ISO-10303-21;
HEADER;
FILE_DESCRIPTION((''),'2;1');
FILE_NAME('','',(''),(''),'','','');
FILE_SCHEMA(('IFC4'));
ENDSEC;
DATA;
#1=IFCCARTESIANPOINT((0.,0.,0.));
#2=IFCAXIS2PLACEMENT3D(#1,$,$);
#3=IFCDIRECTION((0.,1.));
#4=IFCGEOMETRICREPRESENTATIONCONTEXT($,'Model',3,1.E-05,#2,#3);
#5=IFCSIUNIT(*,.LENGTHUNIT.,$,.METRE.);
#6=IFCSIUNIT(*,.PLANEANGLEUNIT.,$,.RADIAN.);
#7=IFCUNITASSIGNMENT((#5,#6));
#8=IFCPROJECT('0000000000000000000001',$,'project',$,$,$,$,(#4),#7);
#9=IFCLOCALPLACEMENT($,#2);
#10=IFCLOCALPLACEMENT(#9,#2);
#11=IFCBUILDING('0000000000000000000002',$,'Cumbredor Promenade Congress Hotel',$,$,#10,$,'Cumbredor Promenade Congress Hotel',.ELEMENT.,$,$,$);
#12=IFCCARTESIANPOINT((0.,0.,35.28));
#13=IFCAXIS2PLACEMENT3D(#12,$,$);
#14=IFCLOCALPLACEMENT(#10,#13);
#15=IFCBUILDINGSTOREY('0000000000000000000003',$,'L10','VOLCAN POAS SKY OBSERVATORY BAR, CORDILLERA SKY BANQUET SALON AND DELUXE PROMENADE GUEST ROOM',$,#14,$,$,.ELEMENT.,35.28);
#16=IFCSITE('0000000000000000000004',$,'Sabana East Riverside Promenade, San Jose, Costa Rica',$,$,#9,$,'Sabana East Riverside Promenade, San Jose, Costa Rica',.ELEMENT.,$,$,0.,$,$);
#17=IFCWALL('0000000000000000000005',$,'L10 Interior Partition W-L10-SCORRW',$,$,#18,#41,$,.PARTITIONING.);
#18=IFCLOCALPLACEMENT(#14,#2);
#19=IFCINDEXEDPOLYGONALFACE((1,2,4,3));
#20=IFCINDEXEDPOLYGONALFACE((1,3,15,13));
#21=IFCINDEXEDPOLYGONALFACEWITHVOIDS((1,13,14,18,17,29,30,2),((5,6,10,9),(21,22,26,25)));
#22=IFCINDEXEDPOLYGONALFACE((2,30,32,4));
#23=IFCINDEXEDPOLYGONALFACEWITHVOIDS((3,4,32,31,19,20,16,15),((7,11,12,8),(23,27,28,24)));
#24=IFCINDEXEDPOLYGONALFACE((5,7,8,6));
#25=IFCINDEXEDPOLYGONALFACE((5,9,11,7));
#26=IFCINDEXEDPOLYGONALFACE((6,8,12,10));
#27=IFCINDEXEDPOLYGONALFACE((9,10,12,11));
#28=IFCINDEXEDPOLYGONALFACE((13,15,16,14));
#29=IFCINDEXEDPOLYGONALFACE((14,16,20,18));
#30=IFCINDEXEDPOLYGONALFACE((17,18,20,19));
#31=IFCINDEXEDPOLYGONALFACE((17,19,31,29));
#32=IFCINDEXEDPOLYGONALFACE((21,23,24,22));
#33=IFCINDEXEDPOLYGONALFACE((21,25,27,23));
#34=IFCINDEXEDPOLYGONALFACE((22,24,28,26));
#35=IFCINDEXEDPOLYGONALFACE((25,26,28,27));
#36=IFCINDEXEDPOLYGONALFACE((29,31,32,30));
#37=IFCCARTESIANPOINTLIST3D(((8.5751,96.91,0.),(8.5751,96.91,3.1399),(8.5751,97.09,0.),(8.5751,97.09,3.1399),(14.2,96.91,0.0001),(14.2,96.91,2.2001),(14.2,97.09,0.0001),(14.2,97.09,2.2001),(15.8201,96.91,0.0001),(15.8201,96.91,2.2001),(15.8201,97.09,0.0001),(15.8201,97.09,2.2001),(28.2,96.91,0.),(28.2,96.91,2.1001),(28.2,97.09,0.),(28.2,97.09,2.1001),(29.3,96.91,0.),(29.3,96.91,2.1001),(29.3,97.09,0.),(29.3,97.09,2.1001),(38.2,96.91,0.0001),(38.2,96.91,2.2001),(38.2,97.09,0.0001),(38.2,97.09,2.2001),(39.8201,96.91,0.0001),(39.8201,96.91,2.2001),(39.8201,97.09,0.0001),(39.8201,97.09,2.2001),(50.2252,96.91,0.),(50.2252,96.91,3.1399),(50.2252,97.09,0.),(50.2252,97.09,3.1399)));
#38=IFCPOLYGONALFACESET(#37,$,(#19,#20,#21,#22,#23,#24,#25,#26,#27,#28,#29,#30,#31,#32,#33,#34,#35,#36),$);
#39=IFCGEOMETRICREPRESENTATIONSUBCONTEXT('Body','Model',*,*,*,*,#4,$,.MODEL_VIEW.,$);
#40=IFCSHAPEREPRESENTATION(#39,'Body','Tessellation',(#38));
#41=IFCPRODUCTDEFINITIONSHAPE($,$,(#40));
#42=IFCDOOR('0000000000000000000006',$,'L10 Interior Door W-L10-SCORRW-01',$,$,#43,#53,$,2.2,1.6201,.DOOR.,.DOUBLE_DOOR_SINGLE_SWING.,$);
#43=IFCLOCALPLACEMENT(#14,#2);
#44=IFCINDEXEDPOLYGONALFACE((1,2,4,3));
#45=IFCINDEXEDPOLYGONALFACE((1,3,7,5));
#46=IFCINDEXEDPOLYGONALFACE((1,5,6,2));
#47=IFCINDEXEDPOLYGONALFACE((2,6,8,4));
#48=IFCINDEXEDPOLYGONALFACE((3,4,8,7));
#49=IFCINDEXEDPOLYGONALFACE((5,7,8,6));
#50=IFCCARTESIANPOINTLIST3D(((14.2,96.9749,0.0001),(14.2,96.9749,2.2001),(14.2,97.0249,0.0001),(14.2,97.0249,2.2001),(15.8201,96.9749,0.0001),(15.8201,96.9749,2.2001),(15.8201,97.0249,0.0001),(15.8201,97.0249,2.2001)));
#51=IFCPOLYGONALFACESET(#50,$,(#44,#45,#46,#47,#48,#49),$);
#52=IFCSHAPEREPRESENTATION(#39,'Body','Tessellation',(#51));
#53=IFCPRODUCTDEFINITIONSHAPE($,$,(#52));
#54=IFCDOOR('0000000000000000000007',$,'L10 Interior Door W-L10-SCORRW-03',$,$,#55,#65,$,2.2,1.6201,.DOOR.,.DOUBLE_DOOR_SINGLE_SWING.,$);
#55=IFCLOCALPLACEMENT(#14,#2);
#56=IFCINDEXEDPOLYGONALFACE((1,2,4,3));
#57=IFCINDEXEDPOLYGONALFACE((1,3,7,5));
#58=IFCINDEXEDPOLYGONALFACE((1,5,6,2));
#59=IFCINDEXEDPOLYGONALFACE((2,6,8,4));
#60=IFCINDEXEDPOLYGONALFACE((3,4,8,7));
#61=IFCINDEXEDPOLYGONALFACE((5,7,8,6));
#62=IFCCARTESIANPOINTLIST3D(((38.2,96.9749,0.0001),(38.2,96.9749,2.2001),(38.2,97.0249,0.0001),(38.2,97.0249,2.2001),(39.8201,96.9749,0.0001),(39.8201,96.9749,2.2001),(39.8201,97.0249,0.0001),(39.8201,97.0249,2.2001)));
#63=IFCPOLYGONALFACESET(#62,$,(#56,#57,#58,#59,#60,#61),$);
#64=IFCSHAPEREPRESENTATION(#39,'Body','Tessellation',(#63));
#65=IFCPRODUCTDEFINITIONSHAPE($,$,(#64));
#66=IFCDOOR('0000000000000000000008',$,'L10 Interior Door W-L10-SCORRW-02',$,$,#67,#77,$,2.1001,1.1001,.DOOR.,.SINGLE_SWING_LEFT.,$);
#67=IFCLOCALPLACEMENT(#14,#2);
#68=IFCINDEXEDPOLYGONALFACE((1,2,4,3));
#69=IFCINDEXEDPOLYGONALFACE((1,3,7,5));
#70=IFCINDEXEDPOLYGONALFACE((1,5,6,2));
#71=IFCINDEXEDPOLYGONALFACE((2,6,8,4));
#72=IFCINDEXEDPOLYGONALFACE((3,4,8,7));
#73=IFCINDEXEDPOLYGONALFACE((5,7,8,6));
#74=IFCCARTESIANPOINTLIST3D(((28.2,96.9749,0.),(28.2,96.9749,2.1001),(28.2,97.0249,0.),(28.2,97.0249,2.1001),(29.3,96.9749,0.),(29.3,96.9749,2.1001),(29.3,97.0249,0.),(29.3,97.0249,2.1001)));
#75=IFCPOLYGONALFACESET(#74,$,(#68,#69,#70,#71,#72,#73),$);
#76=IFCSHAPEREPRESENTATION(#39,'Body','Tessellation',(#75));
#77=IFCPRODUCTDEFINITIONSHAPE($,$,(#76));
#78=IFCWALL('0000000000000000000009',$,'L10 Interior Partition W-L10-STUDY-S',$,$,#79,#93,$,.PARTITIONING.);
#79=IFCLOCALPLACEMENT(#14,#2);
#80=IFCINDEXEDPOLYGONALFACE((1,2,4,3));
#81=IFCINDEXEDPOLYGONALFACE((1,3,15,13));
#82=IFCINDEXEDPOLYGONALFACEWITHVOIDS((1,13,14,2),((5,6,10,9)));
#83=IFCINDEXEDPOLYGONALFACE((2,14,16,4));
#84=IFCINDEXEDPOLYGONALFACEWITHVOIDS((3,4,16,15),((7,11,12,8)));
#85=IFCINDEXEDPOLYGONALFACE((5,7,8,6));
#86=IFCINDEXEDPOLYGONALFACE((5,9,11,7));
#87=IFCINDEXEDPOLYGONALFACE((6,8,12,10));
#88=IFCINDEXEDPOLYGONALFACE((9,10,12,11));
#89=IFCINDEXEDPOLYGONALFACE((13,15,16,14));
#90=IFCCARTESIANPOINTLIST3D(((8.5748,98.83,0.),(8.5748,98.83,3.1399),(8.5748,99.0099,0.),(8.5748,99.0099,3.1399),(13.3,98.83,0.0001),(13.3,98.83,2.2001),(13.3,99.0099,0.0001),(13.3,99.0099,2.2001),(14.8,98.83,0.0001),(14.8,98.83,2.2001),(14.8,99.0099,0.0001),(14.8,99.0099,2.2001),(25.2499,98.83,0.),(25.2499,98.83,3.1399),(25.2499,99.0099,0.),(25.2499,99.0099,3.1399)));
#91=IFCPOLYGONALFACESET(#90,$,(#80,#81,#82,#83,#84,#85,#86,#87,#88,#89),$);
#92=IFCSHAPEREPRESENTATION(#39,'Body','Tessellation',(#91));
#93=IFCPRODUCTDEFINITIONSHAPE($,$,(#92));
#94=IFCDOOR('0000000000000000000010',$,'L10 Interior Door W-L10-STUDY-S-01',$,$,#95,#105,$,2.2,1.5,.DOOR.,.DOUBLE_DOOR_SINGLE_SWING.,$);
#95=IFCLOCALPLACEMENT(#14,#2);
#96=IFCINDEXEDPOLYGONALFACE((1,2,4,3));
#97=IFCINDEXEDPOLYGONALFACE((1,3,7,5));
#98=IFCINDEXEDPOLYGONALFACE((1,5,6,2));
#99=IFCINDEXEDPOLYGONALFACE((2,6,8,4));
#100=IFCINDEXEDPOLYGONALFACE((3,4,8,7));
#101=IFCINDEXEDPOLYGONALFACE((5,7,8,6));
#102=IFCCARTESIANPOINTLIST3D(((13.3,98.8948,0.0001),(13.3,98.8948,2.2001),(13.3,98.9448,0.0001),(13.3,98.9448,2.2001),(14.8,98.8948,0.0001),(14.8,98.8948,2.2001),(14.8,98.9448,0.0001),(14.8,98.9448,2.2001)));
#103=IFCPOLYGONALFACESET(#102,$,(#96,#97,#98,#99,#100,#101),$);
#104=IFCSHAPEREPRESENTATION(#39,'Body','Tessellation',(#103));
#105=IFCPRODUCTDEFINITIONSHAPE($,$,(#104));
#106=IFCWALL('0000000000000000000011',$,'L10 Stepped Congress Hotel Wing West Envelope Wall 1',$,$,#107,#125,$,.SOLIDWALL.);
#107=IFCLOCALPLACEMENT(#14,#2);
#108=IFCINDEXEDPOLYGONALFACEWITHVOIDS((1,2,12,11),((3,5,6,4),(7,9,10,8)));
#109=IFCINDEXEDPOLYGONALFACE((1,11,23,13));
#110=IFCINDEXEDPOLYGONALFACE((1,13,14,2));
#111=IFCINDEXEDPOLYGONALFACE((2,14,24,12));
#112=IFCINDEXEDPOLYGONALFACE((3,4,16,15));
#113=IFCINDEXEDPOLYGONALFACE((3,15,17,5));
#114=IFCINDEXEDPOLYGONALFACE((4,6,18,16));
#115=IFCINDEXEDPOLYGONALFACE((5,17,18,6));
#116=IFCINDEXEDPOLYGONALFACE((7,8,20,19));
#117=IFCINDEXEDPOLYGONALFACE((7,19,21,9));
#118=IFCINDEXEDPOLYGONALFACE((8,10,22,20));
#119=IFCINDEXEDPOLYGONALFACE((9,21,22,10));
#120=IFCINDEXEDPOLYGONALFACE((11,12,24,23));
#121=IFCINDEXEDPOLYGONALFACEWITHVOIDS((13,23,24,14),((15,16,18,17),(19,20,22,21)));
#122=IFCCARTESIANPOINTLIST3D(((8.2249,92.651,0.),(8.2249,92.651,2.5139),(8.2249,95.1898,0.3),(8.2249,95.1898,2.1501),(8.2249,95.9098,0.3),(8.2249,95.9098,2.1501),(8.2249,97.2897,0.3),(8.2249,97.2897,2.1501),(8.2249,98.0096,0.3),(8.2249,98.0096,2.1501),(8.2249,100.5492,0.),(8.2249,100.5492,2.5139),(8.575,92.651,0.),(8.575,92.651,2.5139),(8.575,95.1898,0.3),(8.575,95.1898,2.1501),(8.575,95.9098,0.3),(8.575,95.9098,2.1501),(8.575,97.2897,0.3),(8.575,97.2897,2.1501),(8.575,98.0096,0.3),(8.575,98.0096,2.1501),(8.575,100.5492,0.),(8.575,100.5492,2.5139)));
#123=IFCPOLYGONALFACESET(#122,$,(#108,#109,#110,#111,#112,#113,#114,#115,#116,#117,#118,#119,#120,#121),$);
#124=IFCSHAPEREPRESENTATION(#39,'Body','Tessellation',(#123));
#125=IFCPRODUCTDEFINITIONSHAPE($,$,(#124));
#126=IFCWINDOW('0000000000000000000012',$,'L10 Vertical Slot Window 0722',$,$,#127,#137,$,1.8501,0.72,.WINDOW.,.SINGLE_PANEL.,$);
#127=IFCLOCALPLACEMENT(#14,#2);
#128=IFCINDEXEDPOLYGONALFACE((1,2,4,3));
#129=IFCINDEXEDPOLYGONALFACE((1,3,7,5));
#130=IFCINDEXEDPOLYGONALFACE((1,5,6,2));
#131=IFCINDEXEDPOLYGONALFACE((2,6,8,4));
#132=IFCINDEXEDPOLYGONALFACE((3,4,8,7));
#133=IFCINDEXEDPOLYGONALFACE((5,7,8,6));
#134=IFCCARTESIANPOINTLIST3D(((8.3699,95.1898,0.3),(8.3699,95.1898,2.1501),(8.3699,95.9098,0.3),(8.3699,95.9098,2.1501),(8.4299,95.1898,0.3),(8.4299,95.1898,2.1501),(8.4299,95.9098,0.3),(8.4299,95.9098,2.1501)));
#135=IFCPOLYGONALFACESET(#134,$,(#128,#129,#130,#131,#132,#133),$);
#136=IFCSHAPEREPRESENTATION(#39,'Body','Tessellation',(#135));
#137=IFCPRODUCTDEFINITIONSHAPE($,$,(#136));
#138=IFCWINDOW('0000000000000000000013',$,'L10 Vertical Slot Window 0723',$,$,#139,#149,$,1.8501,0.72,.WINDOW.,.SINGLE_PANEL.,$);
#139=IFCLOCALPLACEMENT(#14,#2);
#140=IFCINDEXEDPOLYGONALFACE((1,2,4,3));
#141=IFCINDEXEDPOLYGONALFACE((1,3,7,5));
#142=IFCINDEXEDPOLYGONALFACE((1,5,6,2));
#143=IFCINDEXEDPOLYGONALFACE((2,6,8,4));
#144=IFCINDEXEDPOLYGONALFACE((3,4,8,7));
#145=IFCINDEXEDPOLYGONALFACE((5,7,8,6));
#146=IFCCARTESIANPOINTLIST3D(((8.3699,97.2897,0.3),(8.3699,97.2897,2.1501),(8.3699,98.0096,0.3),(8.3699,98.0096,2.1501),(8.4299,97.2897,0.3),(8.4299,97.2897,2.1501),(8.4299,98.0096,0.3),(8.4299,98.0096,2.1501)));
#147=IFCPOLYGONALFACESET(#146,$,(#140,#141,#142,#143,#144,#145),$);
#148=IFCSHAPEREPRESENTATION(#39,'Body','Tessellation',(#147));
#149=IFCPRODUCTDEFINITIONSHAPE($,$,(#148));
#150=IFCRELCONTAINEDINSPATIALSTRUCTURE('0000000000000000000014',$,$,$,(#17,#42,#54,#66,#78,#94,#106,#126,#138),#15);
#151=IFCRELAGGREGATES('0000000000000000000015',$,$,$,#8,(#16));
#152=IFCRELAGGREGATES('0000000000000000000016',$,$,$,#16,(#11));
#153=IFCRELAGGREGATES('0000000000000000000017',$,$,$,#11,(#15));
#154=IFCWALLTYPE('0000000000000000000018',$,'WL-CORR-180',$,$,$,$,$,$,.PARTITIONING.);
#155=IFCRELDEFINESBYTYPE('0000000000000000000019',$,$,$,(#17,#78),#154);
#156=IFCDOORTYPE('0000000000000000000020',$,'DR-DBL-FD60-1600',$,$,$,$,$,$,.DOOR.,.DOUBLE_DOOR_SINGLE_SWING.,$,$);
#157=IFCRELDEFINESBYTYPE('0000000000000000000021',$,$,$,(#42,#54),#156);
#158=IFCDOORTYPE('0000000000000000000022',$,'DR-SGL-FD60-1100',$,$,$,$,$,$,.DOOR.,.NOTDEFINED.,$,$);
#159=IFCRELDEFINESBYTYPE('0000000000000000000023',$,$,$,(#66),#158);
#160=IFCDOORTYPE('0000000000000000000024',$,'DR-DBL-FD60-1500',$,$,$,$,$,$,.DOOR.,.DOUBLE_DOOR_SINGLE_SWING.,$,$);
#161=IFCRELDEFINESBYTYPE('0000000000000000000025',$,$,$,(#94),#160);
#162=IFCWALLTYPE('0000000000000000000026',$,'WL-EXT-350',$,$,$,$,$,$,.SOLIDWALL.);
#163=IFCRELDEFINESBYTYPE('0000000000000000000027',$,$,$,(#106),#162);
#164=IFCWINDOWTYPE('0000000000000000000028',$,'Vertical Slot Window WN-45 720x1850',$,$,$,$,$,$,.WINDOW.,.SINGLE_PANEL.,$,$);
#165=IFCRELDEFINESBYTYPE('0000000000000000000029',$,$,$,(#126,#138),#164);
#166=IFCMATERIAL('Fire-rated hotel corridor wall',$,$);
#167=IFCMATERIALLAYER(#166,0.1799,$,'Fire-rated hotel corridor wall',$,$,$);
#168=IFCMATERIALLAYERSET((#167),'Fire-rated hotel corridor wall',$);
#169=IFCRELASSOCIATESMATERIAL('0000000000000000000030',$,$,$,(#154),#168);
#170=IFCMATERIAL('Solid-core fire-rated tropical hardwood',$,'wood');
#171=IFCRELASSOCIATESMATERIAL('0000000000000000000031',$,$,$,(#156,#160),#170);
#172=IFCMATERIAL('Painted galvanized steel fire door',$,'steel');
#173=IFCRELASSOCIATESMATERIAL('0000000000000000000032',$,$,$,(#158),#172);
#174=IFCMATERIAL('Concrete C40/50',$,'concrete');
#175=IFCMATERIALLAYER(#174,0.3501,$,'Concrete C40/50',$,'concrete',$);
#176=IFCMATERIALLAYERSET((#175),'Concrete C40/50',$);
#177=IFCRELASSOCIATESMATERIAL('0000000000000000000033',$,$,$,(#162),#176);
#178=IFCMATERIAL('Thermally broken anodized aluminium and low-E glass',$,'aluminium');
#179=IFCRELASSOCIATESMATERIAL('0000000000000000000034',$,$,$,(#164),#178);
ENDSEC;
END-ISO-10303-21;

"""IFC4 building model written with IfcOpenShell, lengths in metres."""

from ifc_helpers import new_model, si_unit, direction, frame, frame_2d, origin, place, context, subcontext, project, spatial, rectangle, extrude, material, layer, layer_set, type_object, element, fill, save


model = new_model("IFC4")

# Units and contexts
model_context = context("Model", 3, precision=1e-05, world=origin(), true_north=direction((0.0, 1.0)))
body_context = subcontext(model_context, "Body", "Model", "MODEL_VIEW")
ifc_project = project(units=[si_unit("LENGTHUNIT", "METRE"), si_unit("PLANEANGLEUNIT", "RADIAN")], contexts=[model_context])

# Site, building, storey
site_placement = place(None, origin())
site = spatial("IfcSite", under=ifc_project, at=site_placement, Name="Sabana East Riverside Promenade, San Jose, Costa Rica", LongName="Sabana East Riverside Promenade, San Jose, Costa Rica", CompositionType="ELEMENT", RefElevation=0.0)
building_placement = place(site_placement, origin())
building = spatial("IfcBuilding", under=site, at=building_placement, Name="Cumbredor Promenade Congress Hotel", LongName="Cumbredor Promenade Congress Hotel", CompositionType="ELEMENT")
storey_placement = place(building_placement, frame((0.0, 0.0, 35.28)))
storey = spatial("IfcBuildingStorey", under=building, at=storey_placement, Name="L10", Description="VOLCAN POAS SKY OBSERVATORY BAR, CORDILLERA SKY BANQUET SALON AND DELUXE PROMENADE GUEST ROOM", CompositionType="ELEMENT", Elevation=35.28)

# Shared definitions
ifc_material_1 = material(Name="Concrete C40/50", Category="concrete")

# Shared definitions
ifc_material_2 = material(Name="Thermally broken anodized aluminium and low-E glass", Category="aluminium")

# Wall, openings, doors
ifc_material_3 = material(Name="Fire-rated hotel corridor wall")
ifc_layer_1 = layer(ifc_material_3, 0.1799, Name="Fire-rated hotel corridor wall")
ifc_layer_set_1 = layer_set([ifc_layer_1], Name="Fire-rated hotel corridor wall")
wall_type_1 = type_object("IfcWallType", Name="WL-CORR-180", PredefinedType="PARTITIONING", material=ifc_layer_set_1)
wall_1_placement = place(storey_placement, frame((8.575, 97.0, 0.0), z_axis=(0.0, 0.0, 1.0), x_axis=(1.0, 0.0, 0.0)))
wall_1 = element("IfcWall", 1, at=wall_1_placement, inside=storey, type_object=wall_type_1, Name="L10 Interior Partition W-L10-SCORRW", PredefinedType="PARTITIONING", context=body_context, shape_type="SweptSolid", body=[
    extrude(rectangle(XDim=41.6501, YDim=0.1799, at=frame_2d((20.8252, 0.0))), origin(), (0.0, 0.0, 1.0), 3.1399),
])
opening_1_placement = place(wall_1_placement, frame((5.625, 0.0, 0.0)))
opening_1 = element("IfcOpeningElement", 2, at=opening_1_placement, cuts=wall_1, PredefinedType="OPENING", context=body_context, shape_type="SweptSolid", body=[
    extrude(rectangle(XDim=1.6201, YDim=2.2, at=frame_2d((0.8101, 1.1001))), frame((0.0, 0.1001, 0.0), z_axis=(0.0, -1.0, 0.0), x_axis=(1.0, 0.0, 0.0)), (0.0, 0.0, 1.0), 0.2),
])
opening_2_placement = place(wall_1_placement, frame((19.625, 0.0, 0.0)))
opening_2 = element("IfcOpeningElement", 3, at=opening_2_placement, cuts=wall_1, PredefinedType="OPENING", context=body_context, shape_type="SweptSolid", body=[
    extrude(rectangle(XDim=1.1001, YDim=2.1001, at=frame_2d((0.55, 1.05))), frame((0.0, 0.1001, 0.0), z_axis=(0.0, -1.0, 0.0), x_axis=(1.0, 0.0, 0.0)), (0.0, 0.0, 1.0), 0.2),
])
opening_3_placement = place(wall_1_placement, frame((29.625, 0.0, 0.0)))
opening_3 = element("IfcOpeningElement", 4, at=opening_3_placement, cuts=wall_1, PredefinedType="OPENING", context=body_context, shape_type="SweptSolid", body=[
    extrude(rectangle(XDim=1.6201, YDim=2.2, at=frame_2d((0.8101, 1.1001))), frame((0.0, 0.1001, 0.0), z_axis=(0.0, -1.0, 0.0), x_axis=(1.0, 0.0, 0.0)), (0.0, 0.0, 1.0), 0.2),
])
ifc_material_4 = material(Name="Solid-core fire-rated tropical hardwood", Category="wood")
door_type_1 = type_object("IfcDoorType", Name="DR-DBL-FD60-1600", OperationType="DOUBLE_DOOR_SINGLE_SWING", PredefinedType="DOOR", material=ifc_material_4)
door_1_placement = place(opening_1_placement, origin())
door_1 = element("IfcDoor", 5, at=door_1_placement, inside=storey, type_object=door_type_1, Name="L10 Interior Door W-L10-SCORRW-01", OperationType="DOUBLE_DOOR_SINGLE_SWING", OverallHeight=2.2, OverallWidth=1.6201, PredefinedType="DOOR", context=body_context, shape_type="SweptSolid", body=[
    extrude(rectangle(XDim=1.6201, YDim=2.2, at=frame_2d((0.8101, 1.1001))), frame((0.0, 0.0249, 0.0), z_axis=(0.0, -1.0, 0.0), x_axis=(1.0, 0.0, 0.0)), (0.0, 0.0, 1.0), 0.05),
])
fill(opening_1, door_1)
door_2_placement = place(opening_3_placement, origin())
door_2 = element("IfcDoor", 6, at=door_2_placement, inside=storey, type_object=door_type_1, Name="L10 Interior Door W-L10-SCORRW-03", OperationType="DOUBLE_DOOR_SINGLE_SWING", OverallHeight=2.2, OverallWidth=1.6201, PredefinedType="DOOR", context=body_context, shape_type="SweptSolid", body=[
    extrude(rectangle(XDim=1.6201, YDim=2.2, at=frame_2d((0.8101, 1.1001))), frame((0.0, 0.0249, 0.0), z_axis=(0.0, -1.0, 0.0), x_axis=(1.0, 0.0, 0.0)), (0.0, 0.0, 1.0), 0.05),
])
fill(opening_3, door_2)
ifc_material_5 = material(Name="Painted galvanized steel fire door", Category="steel")
door_type_2 = type_object("IfcDoorType", Name="DR-SGL-FD60-1100", OperationType="NOTDEFINED", PredefinedType="DOOR", material=ifc_material_5)
door_3_placement = place(opening_2_placement, origin())
door_3 = element("IfcDoor", 7, at=door_3_placement, inside=storey, type_object=door_type_2, Name="L10 Interior Door W-L10-SCORRW-02", OperationType="SINGLE_SWING_LEFT", OverallHeight=2.1001, OverallWidth=1.1001, PredefinedType="DOOR", context=body_context, shape_type="SweptSolid", body=[
    extrude(rectangle(XDim=1.1001, YDim=2.1001, at=frame_2d((0.55, 1.05))), frame((0.0, 0.0249, 0.0), z_axis=(0.0, -1.0, 0.0), x_axis=(1.0, 0.0, 0.0)), (0.0, 0.0, 1.0), 0.05),
])
fill(opening_2, door_3)

# Wall, opening, door
wall_2_placement = place(storey_placement, frame((8.575, 98.9199, 0.0), z_axis=(0.0, 0.0, 1.0), x_axis=(1.0, 0.0, 0.0)))
wall_2 = element("IfcWall", 8, at=wall_2_placement, inside=storey, type_object=wall_type_1, Name="L10 Interior Partition W-L10-STUDY-S", PredefinedType="PARTITIONING", context=body_context, shape_type="SweptSolid", body=[
    extrude(rectangle(XDim=16.675, YDim=0.1799, at=frame_2d((8.3374, 0.0))), origin(), (0.0, 0.0, 1.0), 3.1399),
])
opening_4_placement = place(wall_2_placement, frame((4.7251, 0.0, 0.0)))
opening_4 = element("IfcOpeningElement", 9, at=opening_4_placement, cuts=wall_2, PredefinedType="OPENING", context=body_context, shape_type="SweptSolid", body=[
    extrude(rectangle(XDim=1.5, YDim=2.2, at=frame_2d((0.75, 1.1001))), frame((0.0, 0.1001, 0.0), z_axis=(0.0, -1.0, 0.0), x_axis=(1.0, 0.0, 0.0)), (0.0, 0.0, 1.0), 0.2),
])
door_type_3 = type_object("IfcDoorType", Name="DR-DBL-FD60-1500", OperationType="DOUBLE_DOOR_SINGLE_SWING", PredefinedType="DOOR", material=ifc_material_4)
door_4_placement = place(opening_4_placement, origin())
door_4 = element("IfcDoor", 10, at=door_4_placement, inside=storey, type_object=door_type_3, Name="L10 Interior Door W-L10-STUDY-S-01", OperationType="DOUBLE_DOOR_SINGLE_SWING", OverallHeight=2.2, OverallWidth=1.5, PredefinedType="DOOR", context=body_context, shape_type="SweptSolid", body=[
    extrude(rectangle(XDim=1.5, YDim=2.2, at=frame_2d((0.75, 1.1001))), frame((0.0, 0.0249, 0.0), z_axis=(0.0, -1.0, 0.0), x_axis=(1.0, 0.0, 0.0)), (0.0, 0.0, 1.0), 0.05),
])
fill(opening_4, door_4)

# Wall, openings, windows
ifc_layer_2 = layer(ifc_material_1, 0.3501, Name="Concrete C40/50", Category="concrete")
ifc_layer_set_2 = layer_set([ifc_layer_2], Name="Concrete C40/50")
wall_type_2 = type_object("IfcWallType", Name="WL-EXT-350", PredefinedType="SOLIDWALL", material=ifc_layer_set_2)
wall_3_placement = place(storey_placement, frame((8.3999, 92.6509, 0.0), z_axis=(0.0, 0.0, 1.0), x_axis=(0.0, 1.0, 0.0)))
wall_3 = element("IfcWall", 11, at=wall_3_placement, inside=storey, type_object=wall_type_2, Name="L10 Stepped Congress Hotel Wing West Envelope Wall 1", PredefinedType="SOLIDWALL", context=body_context, shape_type="SweptSolid", body=[
    extrude(rectangle(XDim=7.8982, YDim=0.3501, at=frame_2d((3.9492, 0.0))), origin(), (0.0, 0.0, 1.0), 2.5139),
])
opening_5_placement = place(wall_3_placement, frame((2.5391, 0.0, 0.3)))
opening_5 = element("IfcOpeningElement", 12, at=opening_5_placement, cuts=wall_3, PredefinedType="OPENING", context=body_context, shape_type="SweptSolid", body=[
    extrude(rectangle(XDim=0.72, YDim=1.8501, at=frame_2d((0.3599, 0.925))), frame((0.0, 0.1851, 0.0), z_axis=(0.0, -1.0, 0.0), x_axis=(1.0, 0.0, 0.0)), (0.0, 0.0, 1.0), 0.3701),
])
opening_6_placement = place(wall_3_placement, frame((4.6389, 0.0, 0.3)))
opening_6 = element("IfcOpeningElement", 13, at=opening_6_placement, cuts=wall_3, PredefinedType="OPENING", context=body_context, shape_type="SweptSolid", body=[
    extrude(rectangle(XDim=0.72, YDim=1.8501, at=frame_2d((0.3599, 0.925))), frame((0.0, 0.1851, 0.0), z_axis=(0.0, -1.0, 0.0), x_axis=(1.0, 0.0, 0.0)), (0.0, 0.0, 1.0), 0.3701),
])
window_type = type_object("IfcWindowType", Name="Vertical Slot Window WN-45 720x1850", PartitioningType="SINGLE_PANEL", PredefinedType="WINDOW", material=ifc_material_2)
window_1_placement = place(opening_5_placement, origin())
window_1 = element("IfcWindow", 14, at=window_1_placement, inside=storey, type_object=window_type, Name="L10 Vertical Slot Window 0722", OverallHeight=1.8501, OverallWidth=0.72, PartitioningType="SINGLE_PANEL", PredefinedType="WINDOW", context=body_context, shape_type="SweptSolid", body=[
    extrude(rectangle(XDim=0.72, YDim=1.8501, at=frame_2d((0.3599, 0.925))), frame((0.0, 0.03, 0.0), z_axis=(0.0, -1.0, 0.0), x_axis=(1.0, 0.0, 0.0)), (0.0, 0.0, 1.0), 0.0601),
])
fill(opening_5, window_1)
window_2_placement = place(opening_6_placement, origin())
window_2 = element("IfcWindow", 15, at=window_2_placement, inside=storey, type_object=window_type, Name="L10 Vertical Slot Window 0723", OverallHeight=1.8501, OverallWidth=0.72, PartitioningType="SINGLE_PANEL", PredefinedType="WINDOW", context=body_context, shape_type="SweptSolid", body=[
    extrude(rectangle(XDim=0.72, YDim=1.8501, at=frame_2d((0.3599, 0.925))), frame((0.0, 0.03, 0.0), z_axis=(0.0, -1.0, 0.0), x_axis=(1.0, 0.0, 0.0)), (0.0, 0.0, 1.0), 0.0601),
])
fill(opening_6, window_2)

save(model, "model.ifc")
